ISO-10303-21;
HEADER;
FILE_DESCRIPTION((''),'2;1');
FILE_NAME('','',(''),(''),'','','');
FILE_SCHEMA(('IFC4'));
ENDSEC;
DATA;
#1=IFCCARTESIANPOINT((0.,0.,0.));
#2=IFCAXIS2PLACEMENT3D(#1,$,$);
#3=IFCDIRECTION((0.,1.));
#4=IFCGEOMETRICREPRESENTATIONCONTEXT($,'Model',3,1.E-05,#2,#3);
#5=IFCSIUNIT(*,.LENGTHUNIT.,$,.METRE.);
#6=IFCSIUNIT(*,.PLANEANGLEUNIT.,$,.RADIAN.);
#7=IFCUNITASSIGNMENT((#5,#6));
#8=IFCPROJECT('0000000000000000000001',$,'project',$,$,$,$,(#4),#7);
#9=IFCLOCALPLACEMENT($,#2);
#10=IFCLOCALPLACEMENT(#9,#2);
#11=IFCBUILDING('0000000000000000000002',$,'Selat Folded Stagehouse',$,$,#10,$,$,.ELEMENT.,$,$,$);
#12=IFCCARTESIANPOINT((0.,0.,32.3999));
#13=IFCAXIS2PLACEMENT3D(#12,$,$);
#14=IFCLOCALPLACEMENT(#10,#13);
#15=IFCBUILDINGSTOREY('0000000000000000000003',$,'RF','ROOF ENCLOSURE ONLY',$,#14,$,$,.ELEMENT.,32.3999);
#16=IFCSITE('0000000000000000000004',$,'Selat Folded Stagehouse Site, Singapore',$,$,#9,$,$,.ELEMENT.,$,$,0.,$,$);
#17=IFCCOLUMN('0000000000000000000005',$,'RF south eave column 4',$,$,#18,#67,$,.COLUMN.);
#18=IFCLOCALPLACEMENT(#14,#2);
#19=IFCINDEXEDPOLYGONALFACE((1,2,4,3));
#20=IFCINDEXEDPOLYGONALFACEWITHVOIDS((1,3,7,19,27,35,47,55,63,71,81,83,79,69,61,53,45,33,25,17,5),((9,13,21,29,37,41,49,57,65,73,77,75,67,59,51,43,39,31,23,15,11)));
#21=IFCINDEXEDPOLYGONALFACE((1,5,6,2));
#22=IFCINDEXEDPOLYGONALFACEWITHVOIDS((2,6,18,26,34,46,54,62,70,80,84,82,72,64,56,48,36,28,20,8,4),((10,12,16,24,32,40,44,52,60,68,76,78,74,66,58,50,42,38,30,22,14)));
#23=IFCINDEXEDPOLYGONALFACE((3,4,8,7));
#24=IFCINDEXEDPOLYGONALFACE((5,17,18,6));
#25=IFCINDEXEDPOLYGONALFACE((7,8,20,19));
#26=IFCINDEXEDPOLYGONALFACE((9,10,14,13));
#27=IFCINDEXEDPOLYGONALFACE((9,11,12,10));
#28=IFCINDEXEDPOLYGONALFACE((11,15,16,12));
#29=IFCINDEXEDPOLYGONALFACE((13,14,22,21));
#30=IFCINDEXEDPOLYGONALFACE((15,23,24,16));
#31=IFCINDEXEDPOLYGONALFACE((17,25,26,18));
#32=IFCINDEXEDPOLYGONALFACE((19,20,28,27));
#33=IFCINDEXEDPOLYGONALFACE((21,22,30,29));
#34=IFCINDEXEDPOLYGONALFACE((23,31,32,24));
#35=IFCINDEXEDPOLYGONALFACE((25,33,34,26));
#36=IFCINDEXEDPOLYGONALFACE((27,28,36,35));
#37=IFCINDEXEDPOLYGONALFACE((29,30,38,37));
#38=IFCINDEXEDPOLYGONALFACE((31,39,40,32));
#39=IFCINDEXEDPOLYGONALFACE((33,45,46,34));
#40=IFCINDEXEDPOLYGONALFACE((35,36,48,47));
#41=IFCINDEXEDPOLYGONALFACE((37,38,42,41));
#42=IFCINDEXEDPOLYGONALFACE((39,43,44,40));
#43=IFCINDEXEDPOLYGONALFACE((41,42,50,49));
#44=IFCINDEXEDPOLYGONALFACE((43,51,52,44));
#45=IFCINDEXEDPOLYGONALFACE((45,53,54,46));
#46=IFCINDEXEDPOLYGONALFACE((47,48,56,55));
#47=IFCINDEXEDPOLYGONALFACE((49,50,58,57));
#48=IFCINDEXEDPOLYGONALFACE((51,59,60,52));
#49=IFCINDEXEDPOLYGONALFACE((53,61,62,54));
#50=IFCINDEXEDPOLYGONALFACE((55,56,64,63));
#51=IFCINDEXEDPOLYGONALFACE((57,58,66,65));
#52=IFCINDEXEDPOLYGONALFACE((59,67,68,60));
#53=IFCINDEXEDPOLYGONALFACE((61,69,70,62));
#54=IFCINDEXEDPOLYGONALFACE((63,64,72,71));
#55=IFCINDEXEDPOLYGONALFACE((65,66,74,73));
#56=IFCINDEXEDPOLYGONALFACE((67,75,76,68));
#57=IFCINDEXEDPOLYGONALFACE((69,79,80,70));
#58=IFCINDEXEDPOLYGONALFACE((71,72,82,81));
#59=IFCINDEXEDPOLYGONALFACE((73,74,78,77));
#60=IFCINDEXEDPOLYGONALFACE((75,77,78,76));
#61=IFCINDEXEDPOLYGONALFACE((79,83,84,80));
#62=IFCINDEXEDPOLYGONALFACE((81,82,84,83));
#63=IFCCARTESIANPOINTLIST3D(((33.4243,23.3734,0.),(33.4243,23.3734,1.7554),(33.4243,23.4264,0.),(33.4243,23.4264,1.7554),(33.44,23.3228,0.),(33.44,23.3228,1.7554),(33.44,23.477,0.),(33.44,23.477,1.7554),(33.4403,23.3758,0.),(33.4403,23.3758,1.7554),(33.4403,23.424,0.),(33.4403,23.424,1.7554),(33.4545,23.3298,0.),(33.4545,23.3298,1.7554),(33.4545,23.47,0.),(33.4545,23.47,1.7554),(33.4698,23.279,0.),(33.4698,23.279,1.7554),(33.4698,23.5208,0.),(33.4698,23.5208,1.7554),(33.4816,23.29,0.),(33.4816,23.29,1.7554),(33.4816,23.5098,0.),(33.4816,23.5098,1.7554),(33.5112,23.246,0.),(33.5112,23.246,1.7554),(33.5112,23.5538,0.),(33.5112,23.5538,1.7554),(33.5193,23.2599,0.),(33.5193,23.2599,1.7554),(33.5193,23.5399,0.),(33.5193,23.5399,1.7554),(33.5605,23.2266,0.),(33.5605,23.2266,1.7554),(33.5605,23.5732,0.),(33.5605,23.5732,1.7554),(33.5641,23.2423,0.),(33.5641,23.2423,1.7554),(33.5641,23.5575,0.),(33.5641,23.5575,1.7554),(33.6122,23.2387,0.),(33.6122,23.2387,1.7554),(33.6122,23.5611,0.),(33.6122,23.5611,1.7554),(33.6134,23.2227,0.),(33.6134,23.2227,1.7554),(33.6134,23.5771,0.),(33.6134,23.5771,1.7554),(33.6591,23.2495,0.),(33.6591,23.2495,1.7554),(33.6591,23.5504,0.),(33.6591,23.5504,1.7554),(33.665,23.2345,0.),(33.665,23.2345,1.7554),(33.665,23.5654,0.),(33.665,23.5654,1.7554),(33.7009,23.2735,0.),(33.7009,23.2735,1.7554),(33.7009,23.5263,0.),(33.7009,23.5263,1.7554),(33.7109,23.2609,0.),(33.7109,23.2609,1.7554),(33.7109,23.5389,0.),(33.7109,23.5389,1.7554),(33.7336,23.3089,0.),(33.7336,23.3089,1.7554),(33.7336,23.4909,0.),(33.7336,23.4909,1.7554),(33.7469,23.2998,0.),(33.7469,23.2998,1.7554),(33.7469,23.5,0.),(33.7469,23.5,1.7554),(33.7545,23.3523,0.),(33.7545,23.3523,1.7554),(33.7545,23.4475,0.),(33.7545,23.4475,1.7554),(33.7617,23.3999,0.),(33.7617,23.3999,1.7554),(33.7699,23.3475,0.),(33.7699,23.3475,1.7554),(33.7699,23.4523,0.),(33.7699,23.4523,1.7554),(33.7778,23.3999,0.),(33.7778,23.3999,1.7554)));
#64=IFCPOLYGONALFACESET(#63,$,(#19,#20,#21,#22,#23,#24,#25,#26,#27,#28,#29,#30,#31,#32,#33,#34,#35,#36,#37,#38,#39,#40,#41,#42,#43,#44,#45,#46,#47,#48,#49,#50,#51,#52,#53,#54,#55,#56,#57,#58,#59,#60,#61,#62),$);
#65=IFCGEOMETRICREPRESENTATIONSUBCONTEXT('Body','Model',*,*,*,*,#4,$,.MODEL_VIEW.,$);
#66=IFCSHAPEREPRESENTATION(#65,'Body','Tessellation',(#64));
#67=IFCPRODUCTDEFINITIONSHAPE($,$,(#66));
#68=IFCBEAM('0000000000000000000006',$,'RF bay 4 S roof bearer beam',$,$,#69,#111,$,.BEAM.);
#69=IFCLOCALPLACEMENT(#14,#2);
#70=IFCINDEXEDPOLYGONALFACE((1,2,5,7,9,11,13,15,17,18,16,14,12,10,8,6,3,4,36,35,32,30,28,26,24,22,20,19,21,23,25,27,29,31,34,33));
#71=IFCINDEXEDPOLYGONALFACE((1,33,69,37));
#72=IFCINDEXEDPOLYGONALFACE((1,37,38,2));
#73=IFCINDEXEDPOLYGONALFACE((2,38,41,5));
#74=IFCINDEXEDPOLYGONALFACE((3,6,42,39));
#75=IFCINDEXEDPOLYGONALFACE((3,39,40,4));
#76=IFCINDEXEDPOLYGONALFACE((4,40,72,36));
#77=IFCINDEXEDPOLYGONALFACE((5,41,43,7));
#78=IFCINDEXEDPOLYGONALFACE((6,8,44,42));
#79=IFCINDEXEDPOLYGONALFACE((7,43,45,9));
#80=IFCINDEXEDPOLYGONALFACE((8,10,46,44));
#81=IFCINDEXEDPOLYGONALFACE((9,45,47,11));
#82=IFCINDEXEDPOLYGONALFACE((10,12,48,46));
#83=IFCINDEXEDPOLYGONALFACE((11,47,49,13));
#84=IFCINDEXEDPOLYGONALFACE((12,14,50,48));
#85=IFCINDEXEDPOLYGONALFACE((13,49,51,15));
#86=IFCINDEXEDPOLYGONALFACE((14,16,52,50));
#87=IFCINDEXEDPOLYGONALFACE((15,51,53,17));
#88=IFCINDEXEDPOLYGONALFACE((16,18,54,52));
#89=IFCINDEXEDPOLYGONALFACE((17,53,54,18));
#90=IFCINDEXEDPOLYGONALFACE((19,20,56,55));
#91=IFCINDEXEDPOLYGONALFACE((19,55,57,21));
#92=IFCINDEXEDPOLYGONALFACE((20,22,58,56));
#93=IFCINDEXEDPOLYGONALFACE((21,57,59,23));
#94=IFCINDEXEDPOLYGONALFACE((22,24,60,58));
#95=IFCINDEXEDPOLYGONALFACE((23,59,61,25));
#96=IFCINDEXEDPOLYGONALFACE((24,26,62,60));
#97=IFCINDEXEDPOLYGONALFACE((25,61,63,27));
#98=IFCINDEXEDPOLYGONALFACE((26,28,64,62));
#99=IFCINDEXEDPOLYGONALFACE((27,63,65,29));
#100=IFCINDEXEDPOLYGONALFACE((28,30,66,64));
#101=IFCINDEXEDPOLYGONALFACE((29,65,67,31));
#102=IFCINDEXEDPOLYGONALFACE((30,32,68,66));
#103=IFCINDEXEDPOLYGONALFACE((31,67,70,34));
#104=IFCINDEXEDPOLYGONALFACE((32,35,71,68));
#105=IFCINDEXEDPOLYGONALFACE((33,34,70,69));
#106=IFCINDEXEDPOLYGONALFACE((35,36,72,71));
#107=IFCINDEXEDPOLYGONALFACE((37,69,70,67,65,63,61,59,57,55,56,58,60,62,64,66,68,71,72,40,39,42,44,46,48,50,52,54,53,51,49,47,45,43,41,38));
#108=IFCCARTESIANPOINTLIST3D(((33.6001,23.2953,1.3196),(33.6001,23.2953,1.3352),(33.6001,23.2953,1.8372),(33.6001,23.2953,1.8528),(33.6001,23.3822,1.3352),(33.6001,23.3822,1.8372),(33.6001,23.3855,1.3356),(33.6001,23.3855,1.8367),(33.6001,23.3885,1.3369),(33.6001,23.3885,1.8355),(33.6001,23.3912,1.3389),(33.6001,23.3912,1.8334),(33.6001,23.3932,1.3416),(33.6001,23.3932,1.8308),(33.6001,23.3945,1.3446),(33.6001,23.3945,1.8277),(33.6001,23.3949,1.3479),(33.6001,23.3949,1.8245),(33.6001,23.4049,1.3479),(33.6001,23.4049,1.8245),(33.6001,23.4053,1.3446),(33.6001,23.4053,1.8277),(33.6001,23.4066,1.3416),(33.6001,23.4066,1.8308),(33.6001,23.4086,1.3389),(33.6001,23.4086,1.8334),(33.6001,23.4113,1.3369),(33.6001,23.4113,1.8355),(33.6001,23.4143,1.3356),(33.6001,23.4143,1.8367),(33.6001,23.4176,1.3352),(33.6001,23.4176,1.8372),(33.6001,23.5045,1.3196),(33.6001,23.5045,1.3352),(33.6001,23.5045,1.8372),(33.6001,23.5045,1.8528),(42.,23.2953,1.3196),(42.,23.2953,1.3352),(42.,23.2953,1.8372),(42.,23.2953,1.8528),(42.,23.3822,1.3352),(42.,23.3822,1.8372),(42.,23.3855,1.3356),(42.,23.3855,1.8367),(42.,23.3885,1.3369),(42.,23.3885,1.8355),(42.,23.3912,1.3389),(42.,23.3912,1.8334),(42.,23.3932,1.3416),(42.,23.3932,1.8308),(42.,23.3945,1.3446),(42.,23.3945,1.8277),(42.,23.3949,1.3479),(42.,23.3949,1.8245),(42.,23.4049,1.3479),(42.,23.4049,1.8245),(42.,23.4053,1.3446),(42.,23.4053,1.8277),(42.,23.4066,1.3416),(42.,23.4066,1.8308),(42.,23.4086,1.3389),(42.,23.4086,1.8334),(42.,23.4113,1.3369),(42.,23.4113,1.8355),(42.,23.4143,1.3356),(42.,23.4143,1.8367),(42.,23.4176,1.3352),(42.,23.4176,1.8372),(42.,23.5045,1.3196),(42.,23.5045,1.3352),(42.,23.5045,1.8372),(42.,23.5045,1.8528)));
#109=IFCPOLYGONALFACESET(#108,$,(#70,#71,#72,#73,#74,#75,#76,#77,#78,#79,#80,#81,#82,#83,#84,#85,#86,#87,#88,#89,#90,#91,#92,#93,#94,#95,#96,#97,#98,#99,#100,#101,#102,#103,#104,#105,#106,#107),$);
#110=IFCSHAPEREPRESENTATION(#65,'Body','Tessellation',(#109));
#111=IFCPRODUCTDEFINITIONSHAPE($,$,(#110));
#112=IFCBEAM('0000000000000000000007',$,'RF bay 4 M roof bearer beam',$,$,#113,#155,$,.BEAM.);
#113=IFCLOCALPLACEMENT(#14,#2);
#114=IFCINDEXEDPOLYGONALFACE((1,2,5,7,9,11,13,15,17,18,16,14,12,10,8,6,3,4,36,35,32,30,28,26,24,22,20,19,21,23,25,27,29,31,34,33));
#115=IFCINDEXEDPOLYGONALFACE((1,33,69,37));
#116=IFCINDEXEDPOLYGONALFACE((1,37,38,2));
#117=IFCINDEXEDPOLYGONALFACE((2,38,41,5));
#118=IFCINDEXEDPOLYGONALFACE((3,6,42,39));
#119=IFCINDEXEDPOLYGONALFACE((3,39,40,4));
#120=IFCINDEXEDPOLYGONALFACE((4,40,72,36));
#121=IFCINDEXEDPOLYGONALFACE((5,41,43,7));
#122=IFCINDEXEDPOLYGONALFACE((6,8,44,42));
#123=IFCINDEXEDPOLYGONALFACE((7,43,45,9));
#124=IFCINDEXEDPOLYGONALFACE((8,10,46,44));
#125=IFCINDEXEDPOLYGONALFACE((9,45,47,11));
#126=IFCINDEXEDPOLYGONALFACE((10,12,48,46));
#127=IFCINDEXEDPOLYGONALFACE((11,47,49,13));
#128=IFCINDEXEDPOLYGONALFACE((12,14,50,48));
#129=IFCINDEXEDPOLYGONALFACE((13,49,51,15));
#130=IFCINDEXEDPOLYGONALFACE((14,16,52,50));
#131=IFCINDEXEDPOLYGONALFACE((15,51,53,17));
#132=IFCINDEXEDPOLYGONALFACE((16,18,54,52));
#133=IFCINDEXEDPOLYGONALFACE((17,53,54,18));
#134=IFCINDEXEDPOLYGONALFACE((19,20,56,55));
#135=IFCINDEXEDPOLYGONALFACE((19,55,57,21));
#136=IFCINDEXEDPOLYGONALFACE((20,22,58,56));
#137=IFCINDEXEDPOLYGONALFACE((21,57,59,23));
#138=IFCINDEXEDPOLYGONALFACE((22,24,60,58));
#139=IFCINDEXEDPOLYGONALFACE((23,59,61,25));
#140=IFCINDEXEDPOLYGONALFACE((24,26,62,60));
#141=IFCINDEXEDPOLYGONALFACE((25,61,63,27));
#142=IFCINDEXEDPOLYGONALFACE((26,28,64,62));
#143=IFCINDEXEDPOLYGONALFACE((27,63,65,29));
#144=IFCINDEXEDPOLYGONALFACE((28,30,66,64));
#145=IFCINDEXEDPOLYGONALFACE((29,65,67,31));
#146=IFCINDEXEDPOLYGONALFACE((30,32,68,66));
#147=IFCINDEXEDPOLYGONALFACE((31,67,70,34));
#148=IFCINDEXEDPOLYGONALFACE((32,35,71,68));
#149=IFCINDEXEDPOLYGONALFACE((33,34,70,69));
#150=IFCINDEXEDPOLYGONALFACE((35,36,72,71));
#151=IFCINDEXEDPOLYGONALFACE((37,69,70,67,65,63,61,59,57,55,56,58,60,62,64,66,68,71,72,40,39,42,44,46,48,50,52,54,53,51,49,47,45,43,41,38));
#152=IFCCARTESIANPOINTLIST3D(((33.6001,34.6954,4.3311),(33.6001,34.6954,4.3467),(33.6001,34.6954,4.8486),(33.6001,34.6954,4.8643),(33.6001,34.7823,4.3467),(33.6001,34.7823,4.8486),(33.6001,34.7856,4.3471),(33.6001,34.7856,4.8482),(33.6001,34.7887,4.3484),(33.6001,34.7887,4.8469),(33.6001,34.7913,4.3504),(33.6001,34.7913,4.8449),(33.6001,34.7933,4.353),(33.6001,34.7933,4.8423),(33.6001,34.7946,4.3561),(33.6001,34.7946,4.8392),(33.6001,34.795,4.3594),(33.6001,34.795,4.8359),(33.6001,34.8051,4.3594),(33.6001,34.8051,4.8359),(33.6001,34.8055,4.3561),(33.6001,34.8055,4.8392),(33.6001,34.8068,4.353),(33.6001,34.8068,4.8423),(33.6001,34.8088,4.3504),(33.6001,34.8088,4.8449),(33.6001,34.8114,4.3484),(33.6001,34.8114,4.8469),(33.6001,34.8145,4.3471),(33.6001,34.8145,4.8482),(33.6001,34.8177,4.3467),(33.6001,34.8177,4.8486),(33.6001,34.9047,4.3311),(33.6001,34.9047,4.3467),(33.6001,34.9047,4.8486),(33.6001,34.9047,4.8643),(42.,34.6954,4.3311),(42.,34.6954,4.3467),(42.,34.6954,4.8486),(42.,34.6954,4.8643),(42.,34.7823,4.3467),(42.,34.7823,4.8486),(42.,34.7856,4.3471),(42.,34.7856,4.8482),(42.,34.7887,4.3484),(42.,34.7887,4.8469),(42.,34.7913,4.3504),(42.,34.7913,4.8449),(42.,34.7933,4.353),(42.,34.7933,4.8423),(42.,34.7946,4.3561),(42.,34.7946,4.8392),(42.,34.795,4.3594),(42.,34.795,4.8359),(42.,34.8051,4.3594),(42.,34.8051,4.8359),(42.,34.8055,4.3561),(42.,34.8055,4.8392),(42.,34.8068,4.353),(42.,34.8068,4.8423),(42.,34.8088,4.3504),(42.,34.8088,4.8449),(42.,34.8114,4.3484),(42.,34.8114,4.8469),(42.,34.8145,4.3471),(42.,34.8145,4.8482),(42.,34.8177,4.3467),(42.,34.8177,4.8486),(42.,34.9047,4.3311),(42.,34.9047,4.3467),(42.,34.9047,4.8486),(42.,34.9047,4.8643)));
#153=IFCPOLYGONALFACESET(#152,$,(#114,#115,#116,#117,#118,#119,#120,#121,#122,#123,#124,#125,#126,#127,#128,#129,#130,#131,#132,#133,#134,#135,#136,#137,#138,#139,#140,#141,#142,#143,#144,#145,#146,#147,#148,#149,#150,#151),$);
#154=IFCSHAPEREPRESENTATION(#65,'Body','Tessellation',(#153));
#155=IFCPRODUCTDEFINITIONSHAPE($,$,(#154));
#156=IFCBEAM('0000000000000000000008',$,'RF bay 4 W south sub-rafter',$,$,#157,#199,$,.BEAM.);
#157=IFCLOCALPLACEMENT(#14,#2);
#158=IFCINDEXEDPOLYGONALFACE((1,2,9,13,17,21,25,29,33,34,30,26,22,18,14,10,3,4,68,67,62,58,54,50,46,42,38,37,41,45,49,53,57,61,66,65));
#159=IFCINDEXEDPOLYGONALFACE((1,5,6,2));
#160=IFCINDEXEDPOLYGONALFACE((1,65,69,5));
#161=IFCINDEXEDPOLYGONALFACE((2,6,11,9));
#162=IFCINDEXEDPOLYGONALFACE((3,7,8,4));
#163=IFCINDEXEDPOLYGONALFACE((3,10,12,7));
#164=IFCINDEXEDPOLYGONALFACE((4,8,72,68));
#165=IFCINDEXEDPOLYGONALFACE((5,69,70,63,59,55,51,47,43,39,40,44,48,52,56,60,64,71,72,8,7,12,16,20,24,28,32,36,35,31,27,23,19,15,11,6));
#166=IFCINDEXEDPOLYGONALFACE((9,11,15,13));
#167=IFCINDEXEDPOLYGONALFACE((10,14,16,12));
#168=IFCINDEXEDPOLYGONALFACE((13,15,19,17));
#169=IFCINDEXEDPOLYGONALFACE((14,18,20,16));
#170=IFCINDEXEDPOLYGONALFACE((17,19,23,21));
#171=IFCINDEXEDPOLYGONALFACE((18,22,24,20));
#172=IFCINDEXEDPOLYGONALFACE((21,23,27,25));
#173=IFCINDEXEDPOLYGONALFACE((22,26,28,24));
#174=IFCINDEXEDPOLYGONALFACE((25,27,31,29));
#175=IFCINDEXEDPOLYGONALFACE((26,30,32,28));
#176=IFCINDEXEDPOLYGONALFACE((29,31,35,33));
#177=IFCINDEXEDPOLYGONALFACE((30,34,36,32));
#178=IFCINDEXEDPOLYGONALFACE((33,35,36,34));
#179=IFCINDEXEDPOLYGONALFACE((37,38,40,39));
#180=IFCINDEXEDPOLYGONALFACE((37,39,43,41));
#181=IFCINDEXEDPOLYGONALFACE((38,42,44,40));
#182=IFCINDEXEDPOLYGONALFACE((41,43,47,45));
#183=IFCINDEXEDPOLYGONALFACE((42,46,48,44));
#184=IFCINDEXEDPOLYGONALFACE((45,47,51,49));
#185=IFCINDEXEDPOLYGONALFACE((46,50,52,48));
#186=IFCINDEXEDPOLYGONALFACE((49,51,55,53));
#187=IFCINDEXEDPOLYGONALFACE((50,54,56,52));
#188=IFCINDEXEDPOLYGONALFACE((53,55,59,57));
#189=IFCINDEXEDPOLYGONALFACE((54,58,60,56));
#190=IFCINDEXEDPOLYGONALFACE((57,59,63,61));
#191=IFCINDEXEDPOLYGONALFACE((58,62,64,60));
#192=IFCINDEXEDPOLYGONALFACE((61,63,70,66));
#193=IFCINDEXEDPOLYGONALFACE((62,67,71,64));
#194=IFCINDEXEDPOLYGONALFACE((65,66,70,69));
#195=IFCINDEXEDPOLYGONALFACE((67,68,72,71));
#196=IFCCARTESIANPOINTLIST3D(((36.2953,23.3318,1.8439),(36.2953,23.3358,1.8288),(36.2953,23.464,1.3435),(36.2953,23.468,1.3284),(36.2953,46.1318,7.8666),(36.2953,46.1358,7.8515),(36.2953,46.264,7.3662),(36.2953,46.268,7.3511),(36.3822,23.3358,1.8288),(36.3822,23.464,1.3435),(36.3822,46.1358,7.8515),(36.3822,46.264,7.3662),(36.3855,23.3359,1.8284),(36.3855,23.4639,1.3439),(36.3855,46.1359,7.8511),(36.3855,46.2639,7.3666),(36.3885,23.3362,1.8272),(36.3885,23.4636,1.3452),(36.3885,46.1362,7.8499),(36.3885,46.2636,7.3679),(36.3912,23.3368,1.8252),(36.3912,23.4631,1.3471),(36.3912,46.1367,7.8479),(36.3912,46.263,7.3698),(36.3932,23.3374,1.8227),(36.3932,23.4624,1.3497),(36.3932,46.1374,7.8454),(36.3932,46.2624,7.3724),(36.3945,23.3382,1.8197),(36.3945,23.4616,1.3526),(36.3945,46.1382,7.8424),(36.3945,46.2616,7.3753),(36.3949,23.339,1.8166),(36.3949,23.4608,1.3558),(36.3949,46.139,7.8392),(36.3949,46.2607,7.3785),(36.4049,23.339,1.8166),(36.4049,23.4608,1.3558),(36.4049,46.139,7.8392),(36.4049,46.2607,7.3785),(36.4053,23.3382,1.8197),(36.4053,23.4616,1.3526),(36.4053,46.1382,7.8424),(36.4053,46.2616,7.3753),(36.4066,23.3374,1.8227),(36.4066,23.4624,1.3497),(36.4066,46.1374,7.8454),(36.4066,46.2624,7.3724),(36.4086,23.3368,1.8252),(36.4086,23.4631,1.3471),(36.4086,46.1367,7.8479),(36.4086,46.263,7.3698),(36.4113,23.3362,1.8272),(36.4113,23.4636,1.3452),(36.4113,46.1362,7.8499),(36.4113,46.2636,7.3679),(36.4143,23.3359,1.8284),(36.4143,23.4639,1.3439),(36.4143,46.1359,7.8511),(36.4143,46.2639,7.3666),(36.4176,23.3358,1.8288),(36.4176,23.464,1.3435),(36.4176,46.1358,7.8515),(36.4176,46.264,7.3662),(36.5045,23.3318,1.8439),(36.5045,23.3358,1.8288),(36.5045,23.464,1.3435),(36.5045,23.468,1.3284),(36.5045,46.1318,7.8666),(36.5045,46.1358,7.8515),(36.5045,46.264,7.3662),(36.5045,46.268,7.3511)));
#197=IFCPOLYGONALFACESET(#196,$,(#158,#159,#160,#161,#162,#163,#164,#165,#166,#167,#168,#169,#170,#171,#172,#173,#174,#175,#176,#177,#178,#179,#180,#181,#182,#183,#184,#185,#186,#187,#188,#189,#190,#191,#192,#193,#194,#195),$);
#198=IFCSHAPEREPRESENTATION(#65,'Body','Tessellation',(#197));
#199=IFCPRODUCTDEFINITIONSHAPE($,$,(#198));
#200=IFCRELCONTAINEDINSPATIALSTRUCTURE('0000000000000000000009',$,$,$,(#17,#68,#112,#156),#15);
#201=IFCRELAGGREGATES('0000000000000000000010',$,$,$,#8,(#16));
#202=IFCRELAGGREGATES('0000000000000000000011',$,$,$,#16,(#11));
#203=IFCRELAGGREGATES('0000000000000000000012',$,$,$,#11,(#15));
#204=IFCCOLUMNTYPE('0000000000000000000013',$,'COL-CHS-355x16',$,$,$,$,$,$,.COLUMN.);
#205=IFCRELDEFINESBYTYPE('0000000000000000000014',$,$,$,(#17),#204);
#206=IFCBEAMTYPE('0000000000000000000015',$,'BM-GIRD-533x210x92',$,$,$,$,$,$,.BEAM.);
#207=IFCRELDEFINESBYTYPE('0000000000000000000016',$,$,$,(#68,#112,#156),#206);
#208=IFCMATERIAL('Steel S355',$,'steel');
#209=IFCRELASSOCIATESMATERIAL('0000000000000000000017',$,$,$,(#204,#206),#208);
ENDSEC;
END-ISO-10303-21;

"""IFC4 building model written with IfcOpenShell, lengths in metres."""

from ifc_helpers import new_model, si_unit, direction, frame, origin, origin_2d, place, context, subcontext, project, spatial, hollow_circle, i_section, extrude, material, material_profile, profile_set, type_object, element, save


model = new_model("IFC4")

# Units and contexts
model_context = context("Model", 3, precision=1e-05, world=origin(), true_north=direction((0.0, 1.0)))
body_context = subcontext(model_context, "Body", "Model", "MODEL_VIEW")
ifc_project = project(units=[si_unit("LENGTHUNIT", "METRE"), si_unit("PLANEANGLEUNIT", "RADIAN")], contexts=[model_context])

# Site, building, storey
site_placement = place(None, origin())
site = spatial("IfcSite", under=ifc_project, at=site_placement, Name="Selat Folded Stagehouse Site, Singapore", CompositionType="ELEMENT", RefElevation=0.0)
building_placement = place(site_placement, origin())
building = spatial("IfcBuilding", under=site, at=building_placement, Name="Selat Folded Stagehouse", CompositionType="ELEMENT")
storey_placement = place(building_placement, frame((0.0, 0.0, 32.3999)))
storey = spatial("IfcBuildingStorey", under=building, at=storey_placement, Name="RF", Description="ROOF ENCLOSURE ONLY", CompositionType="ELEMENT", Elevation=32.3999)

# Column
ifc_material_1 = material(Name="Steel S355", Category="steel")
ifc_material_profile_1 = material_profile(ifc_material_1, hollow_circle(Radius=0.1777, WallThickness=0.0161, at=origin_2d()), Name="CHS 355.6x16.0")
ifc_profile_set_1 = profile_set([ifc_material_profile_1], Name="Steel S355")
column_type = type_object("IfcColumnType", Name="COL-CHS-355x16", PredefinedType="COLUMN", material=ifc_profile_set_1)
column_placement = place(storey_placement, frame((33.6001, 23.3999, 0.0), z_axis=(0.0, 0.0, 1.0), x_axis=(1.0, 0.0, 0.0)))
element("IfcColumn", 1, at=column_placement, inside=storey, type_object=column_type, Name="RF south eave column 4", PredefinedType="COLUMN", context=body_context, shape_type="SweptSolid", body=[
    extrude(hollow_circle(Radius=0.1777, WallThickness=0.0161, at=origin_2d()), origin(), (0.0, 0.0, 1.0), 1.7554),
])

# Beams
ifc_material_profile_2 = material_profile(ifc_material_1, i_section(OverallWidth=0.2092, OverallDepth=0.5332, WebThickness=0.01, FlangeThickness=0.0156, FilletRadius=0.0127, at=origin_2d()), Name="UKB 533x210x92")
ifc_profile_set_2 = profile_set([ifc_material_profile_2], Name="Steel S355")
beam_type_1 = type_object("IfcBeamType", Name="BM-GIRD-533x210x92", PredefinedType="BEAM", material=ifc_profile_set_2)
for number, where, z_axis, x_axis, name in (
    (2, (33.6001, 23.3999, 1.5862), (1.0, 0.0, 0.0), (0.0, 1.0, 0.0), "RF bay 4 S roof bearer beam"),
    (3, (33.6001, 34.8, 4.5977), (1.0, 0.0, 0.0), (0.0, 1.0, 0.0), "RF bay 4 M roof bearer beam"),
):
    element("IfcBeam", number, at=place(storey_placement, frame(where, z_axis=z_axis, x_axis=x_axis)), inside=storey, type_object=beam_type_1, Name=name, PredefinedType="BEAM", context=body_context, shape_type="SweptSolid", body=[
        extrude(i_section(OverallWidth=0.2092, OverallDepth=0.5332, WebThickness=0.01, FlangeThickness=0.0156, FilletRadius=0.0127, at=origin_2d()), origin(), (0.0, 0.0, 1.0), 8.3999),
    ])
beam_1_placement = place(storey_placement, frame((36.3999, 23.3999, 1.5862), z_axis=(0.0, 0.966837, 0.255393), x_axis=(-1.0, 0.0, 0.0)))
element("IfcBeam", 4, at=beam_1_placement, inside=storey, type_object=beam_type_1, Name="RF bay 4 W south sub-rafter", PredefinedType="BEAM", context=body_context, shape_type="SweptSolid", body=[
    extrude(i_section(OverallWidth=0.2092, OverallDepth=0.5332, WebThickness=0.01, FlangeThickness=0.0156, FilletRadius=0.0127, at=origin_2d()), origin(), (0.0, 0.0, 1.0), 23.582),
])

save(model, "model.ifc")
